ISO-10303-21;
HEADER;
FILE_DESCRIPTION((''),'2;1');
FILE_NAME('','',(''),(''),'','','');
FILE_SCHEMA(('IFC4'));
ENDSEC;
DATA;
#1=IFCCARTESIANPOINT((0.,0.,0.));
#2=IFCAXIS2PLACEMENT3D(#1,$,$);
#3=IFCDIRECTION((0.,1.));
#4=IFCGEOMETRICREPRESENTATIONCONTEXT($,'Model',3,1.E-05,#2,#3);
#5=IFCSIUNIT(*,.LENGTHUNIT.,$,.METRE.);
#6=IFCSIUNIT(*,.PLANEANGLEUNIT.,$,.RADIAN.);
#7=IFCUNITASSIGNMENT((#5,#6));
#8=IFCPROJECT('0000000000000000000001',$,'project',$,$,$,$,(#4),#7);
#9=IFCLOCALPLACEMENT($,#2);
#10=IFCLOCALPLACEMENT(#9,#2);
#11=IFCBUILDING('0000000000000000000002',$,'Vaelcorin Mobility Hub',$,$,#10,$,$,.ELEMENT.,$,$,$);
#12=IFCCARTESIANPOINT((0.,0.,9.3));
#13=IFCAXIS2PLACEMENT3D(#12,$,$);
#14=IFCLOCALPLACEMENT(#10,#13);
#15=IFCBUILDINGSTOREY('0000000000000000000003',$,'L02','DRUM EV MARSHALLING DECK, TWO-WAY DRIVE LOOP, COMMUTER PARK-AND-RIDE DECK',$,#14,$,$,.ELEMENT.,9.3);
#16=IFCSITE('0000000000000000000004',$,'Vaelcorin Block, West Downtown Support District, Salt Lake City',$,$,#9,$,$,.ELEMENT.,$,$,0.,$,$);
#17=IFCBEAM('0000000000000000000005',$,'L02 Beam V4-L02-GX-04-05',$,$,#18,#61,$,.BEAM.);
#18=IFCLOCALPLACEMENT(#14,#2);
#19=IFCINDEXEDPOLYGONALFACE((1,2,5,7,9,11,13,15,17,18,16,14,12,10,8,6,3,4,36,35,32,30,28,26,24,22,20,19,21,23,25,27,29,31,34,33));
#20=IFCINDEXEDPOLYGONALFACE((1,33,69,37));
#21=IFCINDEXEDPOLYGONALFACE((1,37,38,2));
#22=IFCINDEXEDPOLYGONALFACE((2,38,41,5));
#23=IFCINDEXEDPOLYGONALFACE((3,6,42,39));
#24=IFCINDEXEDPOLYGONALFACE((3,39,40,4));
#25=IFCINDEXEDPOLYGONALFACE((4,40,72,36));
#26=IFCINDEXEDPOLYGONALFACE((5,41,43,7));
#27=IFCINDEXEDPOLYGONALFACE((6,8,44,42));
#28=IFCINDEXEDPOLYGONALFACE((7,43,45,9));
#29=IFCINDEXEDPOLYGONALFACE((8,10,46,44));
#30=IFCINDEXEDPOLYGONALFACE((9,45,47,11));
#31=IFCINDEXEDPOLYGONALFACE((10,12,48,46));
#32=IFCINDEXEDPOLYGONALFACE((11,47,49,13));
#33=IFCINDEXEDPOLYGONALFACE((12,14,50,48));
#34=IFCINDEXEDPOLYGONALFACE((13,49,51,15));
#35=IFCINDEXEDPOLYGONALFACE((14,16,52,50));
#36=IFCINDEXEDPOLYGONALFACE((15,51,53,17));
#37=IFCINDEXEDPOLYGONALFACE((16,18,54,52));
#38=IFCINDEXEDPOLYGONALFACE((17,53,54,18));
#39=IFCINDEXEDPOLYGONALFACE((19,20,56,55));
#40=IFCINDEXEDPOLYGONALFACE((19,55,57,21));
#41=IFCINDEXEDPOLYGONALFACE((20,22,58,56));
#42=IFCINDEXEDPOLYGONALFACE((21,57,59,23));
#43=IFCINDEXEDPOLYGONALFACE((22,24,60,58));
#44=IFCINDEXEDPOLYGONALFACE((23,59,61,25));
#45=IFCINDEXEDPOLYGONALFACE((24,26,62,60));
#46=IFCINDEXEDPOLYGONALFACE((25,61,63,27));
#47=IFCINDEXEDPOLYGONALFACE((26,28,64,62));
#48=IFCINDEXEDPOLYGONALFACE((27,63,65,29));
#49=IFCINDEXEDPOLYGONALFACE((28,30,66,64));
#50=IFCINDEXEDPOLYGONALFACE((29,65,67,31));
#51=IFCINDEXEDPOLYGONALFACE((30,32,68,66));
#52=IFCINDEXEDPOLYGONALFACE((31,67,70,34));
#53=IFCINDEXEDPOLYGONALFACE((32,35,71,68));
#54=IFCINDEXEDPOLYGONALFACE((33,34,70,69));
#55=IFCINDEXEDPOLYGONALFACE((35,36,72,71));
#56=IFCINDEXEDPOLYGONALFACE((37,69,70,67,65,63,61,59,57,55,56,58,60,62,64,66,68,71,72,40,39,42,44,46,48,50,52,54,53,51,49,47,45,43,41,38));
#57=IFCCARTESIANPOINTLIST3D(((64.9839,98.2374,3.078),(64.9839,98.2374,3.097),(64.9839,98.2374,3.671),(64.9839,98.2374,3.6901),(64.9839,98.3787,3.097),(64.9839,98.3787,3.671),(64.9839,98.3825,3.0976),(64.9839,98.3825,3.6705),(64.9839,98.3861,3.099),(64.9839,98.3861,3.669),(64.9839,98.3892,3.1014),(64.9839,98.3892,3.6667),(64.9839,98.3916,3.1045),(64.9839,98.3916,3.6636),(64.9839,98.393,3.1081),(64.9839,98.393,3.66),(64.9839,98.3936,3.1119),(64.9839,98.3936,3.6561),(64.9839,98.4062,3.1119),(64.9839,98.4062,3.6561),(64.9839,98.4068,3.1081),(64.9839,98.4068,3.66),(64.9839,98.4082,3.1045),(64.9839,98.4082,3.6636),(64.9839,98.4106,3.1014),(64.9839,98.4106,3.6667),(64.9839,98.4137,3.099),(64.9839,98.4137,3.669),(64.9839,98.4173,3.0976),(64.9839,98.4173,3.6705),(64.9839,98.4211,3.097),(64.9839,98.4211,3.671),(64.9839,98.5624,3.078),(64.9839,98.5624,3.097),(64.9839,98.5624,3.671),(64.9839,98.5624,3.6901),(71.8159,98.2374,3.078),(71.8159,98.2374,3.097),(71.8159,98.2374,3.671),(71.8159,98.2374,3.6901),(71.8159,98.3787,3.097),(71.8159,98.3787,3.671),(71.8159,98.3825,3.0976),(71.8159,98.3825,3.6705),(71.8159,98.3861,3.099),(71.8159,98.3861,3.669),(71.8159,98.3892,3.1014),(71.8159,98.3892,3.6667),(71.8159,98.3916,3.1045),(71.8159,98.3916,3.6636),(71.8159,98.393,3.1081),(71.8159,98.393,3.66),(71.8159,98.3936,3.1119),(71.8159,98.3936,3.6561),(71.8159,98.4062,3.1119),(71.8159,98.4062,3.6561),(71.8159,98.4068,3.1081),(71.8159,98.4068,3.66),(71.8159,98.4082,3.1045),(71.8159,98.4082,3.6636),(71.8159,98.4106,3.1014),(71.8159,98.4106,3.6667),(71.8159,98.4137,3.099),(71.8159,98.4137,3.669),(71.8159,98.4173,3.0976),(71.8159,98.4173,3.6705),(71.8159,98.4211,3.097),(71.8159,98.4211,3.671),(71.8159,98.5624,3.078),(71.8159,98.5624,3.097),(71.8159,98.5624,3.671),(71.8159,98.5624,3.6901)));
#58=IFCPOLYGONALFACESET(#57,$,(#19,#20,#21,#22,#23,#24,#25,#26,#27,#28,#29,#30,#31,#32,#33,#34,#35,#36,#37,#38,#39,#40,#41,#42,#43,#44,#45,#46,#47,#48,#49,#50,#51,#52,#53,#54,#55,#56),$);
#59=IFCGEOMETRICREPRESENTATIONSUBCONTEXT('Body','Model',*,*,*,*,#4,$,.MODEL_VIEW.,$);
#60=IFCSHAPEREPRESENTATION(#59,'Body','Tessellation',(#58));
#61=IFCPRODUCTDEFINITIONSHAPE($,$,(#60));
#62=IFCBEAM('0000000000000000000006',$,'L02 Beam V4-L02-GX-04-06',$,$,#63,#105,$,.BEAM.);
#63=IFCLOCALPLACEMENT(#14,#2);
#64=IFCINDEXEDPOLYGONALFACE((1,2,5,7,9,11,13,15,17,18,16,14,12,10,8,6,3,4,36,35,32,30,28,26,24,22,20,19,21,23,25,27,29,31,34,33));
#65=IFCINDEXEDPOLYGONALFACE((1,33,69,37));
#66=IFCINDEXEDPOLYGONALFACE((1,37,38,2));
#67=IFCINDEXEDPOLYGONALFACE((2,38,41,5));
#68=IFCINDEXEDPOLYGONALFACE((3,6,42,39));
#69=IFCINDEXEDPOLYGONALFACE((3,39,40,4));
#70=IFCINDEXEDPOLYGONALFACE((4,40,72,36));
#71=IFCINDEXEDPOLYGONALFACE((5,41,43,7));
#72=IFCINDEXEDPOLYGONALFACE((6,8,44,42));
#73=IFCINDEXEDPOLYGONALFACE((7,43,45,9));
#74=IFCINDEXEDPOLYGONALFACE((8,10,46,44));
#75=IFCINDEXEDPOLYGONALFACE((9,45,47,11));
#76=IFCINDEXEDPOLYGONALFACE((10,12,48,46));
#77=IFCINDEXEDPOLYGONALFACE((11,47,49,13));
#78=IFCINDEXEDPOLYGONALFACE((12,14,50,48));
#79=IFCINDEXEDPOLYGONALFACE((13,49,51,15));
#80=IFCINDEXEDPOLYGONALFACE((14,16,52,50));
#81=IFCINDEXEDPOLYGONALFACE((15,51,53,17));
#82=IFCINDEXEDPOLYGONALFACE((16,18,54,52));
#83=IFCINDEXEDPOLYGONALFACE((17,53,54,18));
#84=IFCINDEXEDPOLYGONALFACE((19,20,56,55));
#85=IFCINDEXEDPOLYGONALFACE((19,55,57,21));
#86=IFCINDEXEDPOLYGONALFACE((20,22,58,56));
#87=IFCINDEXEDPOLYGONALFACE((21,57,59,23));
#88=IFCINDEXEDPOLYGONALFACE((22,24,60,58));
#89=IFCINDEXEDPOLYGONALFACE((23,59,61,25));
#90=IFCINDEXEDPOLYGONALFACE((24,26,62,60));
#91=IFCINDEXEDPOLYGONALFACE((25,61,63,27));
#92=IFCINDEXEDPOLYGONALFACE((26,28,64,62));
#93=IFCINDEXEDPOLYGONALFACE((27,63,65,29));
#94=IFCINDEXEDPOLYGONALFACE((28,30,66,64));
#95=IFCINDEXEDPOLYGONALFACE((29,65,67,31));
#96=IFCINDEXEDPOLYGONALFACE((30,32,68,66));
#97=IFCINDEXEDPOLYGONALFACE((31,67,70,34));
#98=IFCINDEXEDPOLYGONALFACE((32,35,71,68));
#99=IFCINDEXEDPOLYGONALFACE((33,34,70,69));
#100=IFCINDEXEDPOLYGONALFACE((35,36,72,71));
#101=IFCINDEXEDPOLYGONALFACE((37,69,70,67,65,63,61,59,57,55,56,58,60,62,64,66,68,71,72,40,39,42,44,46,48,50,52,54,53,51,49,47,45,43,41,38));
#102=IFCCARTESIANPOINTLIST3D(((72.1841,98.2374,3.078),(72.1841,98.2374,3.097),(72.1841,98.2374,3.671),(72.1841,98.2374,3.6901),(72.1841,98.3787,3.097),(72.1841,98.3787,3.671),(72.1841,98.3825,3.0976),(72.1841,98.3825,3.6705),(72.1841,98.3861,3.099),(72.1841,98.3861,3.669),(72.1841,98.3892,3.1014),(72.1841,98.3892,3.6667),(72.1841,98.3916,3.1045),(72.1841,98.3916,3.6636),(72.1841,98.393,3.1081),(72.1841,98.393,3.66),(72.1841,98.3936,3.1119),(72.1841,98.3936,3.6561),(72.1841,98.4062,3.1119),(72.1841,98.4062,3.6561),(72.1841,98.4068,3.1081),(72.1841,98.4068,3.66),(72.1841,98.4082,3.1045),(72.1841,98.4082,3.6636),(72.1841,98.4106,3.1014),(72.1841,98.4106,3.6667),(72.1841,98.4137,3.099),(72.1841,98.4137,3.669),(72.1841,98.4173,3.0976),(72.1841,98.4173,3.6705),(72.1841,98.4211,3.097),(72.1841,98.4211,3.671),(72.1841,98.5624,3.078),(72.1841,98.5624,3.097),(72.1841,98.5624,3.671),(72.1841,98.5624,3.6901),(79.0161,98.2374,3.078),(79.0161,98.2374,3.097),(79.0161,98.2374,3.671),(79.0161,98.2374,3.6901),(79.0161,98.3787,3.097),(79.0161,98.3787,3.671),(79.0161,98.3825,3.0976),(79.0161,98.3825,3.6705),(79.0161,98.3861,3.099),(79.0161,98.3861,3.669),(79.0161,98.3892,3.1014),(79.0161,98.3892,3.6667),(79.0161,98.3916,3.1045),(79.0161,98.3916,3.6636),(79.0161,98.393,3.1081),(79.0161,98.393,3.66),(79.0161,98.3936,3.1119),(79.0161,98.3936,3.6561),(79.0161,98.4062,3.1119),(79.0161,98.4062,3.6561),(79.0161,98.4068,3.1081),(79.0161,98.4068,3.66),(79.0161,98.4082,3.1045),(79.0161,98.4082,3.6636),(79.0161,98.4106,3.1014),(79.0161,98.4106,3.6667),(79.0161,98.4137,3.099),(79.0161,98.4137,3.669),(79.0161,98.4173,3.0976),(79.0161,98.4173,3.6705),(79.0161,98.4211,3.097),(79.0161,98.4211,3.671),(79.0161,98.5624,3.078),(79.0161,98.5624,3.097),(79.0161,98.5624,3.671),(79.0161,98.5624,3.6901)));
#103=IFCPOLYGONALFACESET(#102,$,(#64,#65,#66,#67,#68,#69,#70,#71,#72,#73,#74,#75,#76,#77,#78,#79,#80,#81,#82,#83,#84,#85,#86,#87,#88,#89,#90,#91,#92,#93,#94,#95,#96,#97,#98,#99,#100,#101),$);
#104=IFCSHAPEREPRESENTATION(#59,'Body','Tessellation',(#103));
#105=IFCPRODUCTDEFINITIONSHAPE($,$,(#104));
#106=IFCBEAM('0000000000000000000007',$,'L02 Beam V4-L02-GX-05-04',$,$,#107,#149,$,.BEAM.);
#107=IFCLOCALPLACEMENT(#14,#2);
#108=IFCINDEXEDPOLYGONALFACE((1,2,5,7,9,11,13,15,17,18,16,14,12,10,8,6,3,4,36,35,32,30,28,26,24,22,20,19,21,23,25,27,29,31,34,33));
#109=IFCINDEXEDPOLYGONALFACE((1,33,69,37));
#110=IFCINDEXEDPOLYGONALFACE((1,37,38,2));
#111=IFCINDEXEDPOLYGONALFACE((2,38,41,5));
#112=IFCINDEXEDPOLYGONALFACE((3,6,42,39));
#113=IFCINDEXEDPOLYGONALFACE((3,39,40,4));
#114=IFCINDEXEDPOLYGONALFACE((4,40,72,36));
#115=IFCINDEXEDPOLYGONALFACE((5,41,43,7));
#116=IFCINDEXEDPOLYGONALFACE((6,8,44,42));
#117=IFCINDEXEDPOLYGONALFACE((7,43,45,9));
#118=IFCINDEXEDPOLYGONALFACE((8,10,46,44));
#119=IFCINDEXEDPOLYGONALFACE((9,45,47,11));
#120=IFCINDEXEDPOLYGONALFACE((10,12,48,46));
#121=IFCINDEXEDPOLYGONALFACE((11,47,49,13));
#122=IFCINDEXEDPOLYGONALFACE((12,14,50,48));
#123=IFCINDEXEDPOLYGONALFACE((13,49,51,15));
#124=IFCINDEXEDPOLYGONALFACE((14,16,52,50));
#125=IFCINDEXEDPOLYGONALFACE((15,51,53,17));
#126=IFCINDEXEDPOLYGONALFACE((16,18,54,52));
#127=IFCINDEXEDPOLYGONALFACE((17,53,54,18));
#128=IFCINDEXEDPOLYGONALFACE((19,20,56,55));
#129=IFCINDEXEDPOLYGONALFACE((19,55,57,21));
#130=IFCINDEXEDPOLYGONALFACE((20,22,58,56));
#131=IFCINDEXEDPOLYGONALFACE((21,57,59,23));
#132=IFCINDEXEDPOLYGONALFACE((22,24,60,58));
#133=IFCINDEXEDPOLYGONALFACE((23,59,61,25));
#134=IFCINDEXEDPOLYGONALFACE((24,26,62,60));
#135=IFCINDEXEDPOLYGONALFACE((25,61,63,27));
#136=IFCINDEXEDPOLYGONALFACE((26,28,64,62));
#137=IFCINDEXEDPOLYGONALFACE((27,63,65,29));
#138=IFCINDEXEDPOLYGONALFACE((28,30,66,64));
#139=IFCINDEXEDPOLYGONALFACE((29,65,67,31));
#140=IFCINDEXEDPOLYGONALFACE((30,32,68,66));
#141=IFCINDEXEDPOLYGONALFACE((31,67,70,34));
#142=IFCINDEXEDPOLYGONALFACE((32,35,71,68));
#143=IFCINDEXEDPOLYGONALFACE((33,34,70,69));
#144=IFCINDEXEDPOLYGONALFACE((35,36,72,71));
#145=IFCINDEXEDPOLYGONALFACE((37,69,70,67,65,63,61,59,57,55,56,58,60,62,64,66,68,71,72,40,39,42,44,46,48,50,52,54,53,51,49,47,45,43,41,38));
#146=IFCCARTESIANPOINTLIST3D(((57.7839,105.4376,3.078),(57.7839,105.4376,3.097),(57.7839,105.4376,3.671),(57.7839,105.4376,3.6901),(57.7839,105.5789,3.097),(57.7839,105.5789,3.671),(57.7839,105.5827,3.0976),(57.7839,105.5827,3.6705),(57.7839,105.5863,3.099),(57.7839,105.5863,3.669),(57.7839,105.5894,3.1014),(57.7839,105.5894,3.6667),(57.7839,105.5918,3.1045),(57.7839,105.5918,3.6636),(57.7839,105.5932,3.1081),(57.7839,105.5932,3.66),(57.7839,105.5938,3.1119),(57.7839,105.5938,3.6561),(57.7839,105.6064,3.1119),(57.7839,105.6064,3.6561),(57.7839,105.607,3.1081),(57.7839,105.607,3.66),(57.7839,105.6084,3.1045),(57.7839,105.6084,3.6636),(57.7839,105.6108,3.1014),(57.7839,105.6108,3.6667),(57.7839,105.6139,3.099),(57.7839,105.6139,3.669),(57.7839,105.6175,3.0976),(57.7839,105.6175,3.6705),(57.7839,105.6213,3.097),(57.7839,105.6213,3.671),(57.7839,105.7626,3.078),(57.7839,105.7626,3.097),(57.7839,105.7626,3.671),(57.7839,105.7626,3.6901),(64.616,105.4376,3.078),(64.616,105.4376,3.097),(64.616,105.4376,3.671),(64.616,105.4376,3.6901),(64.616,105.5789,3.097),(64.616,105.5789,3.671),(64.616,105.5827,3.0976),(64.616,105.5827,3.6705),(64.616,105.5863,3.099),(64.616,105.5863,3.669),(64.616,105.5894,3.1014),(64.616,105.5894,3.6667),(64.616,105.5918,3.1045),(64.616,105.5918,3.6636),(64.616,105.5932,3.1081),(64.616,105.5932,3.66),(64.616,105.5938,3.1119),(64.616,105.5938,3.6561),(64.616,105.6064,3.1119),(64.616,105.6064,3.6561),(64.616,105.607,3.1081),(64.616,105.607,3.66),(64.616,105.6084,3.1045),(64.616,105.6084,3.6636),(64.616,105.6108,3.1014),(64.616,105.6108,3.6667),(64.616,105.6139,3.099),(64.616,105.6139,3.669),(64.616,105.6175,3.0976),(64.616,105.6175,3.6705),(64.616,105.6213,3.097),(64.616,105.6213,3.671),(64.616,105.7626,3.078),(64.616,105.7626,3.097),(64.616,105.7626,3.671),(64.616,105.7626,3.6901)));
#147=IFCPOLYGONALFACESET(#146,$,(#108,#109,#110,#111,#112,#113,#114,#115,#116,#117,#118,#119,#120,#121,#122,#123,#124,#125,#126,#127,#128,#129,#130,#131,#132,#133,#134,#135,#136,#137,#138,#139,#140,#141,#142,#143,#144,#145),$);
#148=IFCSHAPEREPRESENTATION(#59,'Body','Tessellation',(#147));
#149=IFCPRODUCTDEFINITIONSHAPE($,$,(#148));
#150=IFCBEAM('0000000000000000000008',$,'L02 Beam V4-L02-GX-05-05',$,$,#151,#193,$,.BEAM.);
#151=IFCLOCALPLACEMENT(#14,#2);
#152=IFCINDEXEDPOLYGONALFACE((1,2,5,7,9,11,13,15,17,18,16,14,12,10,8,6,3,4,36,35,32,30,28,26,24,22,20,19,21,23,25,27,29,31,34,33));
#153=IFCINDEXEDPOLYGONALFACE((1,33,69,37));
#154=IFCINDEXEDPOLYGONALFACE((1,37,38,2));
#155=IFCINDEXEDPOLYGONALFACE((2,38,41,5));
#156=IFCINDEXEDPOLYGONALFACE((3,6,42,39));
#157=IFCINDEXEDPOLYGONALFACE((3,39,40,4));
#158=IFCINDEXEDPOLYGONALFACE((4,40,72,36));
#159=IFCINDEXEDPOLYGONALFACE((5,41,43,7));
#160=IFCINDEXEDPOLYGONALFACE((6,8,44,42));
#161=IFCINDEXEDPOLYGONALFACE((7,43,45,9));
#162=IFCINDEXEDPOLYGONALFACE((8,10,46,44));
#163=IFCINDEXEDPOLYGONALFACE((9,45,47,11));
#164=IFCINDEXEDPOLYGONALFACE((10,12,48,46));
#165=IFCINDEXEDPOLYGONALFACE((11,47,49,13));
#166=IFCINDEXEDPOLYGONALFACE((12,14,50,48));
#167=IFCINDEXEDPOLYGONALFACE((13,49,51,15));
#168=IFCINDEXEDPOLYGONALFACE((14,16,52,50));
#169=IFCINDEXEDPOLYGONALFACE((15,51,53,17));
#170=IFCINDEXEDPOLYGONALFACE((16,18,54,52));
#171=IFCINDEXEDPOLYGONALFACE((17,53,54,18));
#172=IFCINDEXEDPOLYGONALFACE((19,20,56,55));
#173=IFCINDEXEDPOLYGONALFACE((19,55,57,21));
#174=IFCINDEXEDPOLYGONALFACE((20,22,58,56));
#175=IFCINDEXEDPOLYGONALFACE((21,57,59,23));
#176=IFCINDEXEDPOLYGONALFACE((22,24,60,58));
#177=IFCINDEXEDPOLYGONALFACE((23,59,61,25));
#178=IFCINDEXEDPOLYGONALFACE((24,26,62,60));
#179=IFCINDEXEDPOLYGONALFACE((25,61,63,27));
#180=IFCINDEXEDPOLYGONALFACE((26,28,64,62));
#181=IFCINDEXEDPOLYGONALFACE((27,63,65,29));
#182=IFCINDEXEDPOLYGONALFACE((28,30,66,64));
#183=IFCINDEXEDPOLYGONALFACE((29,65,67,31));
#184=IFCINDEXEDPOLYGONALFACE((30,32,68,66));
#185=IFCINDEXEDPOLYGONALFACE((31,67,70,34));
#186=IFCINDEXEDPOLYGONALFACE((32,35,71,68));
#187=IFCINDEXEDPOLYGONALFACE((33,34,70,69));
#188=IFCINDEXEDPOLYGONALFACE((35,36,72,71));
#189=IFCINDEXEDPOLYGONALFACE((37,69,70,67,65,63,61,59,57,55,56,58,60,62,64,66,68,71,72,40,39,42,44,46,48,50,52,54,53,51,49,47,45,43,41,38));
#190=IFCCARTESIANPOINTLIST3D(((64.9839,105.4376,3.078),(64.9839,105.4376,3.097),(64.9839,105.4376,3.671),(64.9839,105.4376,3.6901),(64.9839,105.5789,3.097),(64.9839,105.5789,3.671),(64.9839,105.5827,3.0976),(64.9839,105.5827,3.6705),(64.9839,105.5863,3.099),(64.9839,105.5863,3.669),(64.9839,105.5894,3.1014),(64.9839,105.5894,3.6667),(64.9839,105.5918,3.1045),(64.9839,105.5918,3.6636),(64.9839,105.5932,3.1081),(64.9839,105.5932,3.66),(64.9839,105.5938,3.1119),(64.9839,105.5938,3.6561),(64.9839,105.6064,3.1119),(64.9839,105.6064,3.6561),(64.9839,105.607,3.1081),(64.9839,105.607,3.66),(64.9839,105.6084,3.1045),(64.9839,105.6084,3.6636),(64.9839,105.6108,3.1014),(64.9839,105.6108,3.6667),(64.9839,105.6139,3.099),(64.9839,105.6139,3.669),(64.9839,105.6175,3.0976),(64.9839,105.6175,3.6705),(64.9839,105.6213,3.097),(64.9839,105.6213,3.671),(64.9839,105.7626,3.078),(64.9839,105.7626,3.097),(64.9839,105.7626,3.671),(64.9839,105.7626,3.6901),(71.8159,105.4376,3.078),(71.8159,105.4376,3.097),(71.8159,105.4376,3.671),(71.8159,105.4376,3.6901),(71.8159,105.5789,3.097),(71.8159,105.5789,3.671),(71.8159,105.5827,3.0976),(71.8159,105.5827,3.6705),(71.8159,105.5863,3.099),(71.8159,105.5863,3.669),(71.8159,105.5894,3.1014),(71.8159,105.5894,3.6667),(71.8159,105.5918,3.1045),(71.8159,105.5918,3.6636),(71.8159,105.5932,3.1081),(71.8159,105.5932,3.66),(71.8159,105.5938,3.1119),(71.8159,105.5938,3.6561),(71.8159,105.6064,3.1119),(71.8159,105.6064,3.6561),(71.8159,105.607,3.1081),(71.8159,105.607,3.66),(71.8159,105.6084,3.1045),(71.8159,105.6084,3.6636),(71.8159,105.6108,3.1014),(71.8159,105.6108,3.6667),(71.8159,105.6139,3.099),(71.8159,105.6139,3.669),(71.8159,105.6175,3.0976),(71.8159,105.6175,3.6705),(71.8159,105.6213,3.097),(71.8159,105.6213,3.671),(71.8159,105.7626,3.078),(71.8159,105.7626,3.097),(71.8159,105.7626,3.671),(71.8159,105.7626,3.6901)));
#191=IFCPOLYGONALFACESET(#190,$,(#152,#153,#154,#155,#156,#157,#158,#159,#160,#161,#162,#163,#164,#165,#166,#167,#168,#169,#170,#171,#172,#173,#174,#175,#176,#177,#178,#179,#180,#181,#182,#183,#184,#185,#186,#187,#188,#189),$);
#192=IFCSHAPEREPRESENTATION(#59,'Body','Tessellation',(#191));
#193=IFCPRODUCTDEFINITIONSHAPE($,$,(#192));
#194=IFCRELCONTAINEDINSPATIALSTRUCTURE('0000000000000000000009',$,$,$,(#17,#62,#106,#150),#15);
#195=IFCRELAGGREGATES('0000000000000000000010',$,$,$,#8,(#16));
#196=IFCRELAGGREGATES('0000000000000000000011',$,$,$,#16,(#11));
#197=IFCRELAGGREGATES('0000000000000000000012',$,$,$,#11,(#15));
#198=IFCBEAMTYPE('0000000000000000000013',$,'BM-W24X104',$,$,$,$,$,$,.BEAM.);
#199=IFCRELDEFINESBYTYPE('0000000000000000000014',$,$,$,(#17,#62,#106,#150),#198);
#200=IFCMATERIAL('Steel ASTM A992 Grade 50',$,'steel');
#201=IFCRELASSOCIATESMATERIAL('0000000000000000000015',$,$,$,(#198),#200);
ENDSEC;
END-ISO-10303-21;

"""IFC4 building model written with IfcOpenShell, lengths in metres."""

from ifc_helpers import new_model, si_unit, direction, frame, origin, origin_2d, place, context, subcontext, project, spatial, i_section, extrude, material, material_profile, profile_set, type_object, element, save


model = new_model("IFC4")

# Units and contexts
model_context = context("Model", 3, precision=1e-05, world=origin(), true_north=direction((0.0, 1.0)))
body_context = subcontext(model_context, "Body", "Model", "MODEL_VIEW")
ifc_project = project(units=[si_unit("LENGTHUNIT", "METRE"), si_unit("PLANEANGLEUNIT", "RADIAN")], contexts=[model_context])

# Site, building, storey
site_placement = place(None, origin())
site = spatial("IfcSite", under=ifc_project, at=site_placement, Name="Vaelcorin Block, West Downtown Support District, Salt Lake City", CompositionType="ELEMENT", RefElevation=0.0)
building_placement = place(site_placement, origin())
building = spatial("IfcBuilding", under=site, at=building_placement, Name="Vaelcorin Mobility Hub", CompositionType="ELEMENT")
storey_placement = place(building_placement, frame((0.0, 0.0, 9.3)))
storey = spatial("IfcBuildingStorey", under=building, at=storey_placement, Name="L02", Description="DRUM EV MARSHALLING DECK, TWO-WAY DRIVE LOOP, COMMUTER PARK-AND-RIDE DECK", CompositionType="ELEMENT", Elevation=9.3)

# Shared definitions
ifc_material_1 = material(Name="Steel ASTM A992 Grade 50", Category="steel")

# Beams
ifc_material_profile_1 = material_profile(ifc_material_1, i_section(OverallWidth=0.325, OverallDepth=0.6121, WebThickness=0.0127, FlangeThickness=0.019, FilletRadius=0.0149, at=origin_2d()), Name="W24X104")
ifc_profile_set_1 = profile_set([ifc_material_profile_1], Name="Steel ASTM A992 Grade 50")
beam_type_1 = type_object("IfcBeamType", Name="BM-W24X104", PredefinedType="BEAM", material=ifc_profile_set_1)
for number, where, z_axis, x_axis, name in (
    (1, (64.9839, 98.3999, 3.384), (1.0, 0.0, 0.0), (0.0, 1.0, 0.0), "L02 Beam V4-L02-GX-04-05"),
    (2, (72.1841, 98.3999, 3.384), (1.0, 0.0, 0.0), (0.0, 1.0, 0.0), "L02 Beam V4-L02-GX-04-06"),
    (3, (57.7839, 105.6001, 3.384), (1.0, 0.0, 0.0), (0.0, 1.0, 0.0), "L02 Beam V4-L02-GX-05-04"),
    (4, (64.9839, 105.6001, 3.384), (1.0, 0.0, 0.0), (0.0, 1.0, 0.0), "L02 Beam V4-L02-GX-05-05"),
):
    element("IfcBeam", number, at=place(storey_placement, frame(where, z_axis=z_axis, x_axis=x_axis)), inside=storey, type_object=beam_type_1, Name=name, PredefinedType="BEAM", context=body_context, shape_type="SweptSolid", body=[
        extrude(i_section(OverallWidth=0.325, OverallDepth=0.6121, WebThickness=0.0127, FlangeThickness=0.019, FilletRadius=0.0149, at=origin_2d()), origin(), (0.0, 0.0, 1.0), 6.832),
    ])

save(model, "model.ifc")
